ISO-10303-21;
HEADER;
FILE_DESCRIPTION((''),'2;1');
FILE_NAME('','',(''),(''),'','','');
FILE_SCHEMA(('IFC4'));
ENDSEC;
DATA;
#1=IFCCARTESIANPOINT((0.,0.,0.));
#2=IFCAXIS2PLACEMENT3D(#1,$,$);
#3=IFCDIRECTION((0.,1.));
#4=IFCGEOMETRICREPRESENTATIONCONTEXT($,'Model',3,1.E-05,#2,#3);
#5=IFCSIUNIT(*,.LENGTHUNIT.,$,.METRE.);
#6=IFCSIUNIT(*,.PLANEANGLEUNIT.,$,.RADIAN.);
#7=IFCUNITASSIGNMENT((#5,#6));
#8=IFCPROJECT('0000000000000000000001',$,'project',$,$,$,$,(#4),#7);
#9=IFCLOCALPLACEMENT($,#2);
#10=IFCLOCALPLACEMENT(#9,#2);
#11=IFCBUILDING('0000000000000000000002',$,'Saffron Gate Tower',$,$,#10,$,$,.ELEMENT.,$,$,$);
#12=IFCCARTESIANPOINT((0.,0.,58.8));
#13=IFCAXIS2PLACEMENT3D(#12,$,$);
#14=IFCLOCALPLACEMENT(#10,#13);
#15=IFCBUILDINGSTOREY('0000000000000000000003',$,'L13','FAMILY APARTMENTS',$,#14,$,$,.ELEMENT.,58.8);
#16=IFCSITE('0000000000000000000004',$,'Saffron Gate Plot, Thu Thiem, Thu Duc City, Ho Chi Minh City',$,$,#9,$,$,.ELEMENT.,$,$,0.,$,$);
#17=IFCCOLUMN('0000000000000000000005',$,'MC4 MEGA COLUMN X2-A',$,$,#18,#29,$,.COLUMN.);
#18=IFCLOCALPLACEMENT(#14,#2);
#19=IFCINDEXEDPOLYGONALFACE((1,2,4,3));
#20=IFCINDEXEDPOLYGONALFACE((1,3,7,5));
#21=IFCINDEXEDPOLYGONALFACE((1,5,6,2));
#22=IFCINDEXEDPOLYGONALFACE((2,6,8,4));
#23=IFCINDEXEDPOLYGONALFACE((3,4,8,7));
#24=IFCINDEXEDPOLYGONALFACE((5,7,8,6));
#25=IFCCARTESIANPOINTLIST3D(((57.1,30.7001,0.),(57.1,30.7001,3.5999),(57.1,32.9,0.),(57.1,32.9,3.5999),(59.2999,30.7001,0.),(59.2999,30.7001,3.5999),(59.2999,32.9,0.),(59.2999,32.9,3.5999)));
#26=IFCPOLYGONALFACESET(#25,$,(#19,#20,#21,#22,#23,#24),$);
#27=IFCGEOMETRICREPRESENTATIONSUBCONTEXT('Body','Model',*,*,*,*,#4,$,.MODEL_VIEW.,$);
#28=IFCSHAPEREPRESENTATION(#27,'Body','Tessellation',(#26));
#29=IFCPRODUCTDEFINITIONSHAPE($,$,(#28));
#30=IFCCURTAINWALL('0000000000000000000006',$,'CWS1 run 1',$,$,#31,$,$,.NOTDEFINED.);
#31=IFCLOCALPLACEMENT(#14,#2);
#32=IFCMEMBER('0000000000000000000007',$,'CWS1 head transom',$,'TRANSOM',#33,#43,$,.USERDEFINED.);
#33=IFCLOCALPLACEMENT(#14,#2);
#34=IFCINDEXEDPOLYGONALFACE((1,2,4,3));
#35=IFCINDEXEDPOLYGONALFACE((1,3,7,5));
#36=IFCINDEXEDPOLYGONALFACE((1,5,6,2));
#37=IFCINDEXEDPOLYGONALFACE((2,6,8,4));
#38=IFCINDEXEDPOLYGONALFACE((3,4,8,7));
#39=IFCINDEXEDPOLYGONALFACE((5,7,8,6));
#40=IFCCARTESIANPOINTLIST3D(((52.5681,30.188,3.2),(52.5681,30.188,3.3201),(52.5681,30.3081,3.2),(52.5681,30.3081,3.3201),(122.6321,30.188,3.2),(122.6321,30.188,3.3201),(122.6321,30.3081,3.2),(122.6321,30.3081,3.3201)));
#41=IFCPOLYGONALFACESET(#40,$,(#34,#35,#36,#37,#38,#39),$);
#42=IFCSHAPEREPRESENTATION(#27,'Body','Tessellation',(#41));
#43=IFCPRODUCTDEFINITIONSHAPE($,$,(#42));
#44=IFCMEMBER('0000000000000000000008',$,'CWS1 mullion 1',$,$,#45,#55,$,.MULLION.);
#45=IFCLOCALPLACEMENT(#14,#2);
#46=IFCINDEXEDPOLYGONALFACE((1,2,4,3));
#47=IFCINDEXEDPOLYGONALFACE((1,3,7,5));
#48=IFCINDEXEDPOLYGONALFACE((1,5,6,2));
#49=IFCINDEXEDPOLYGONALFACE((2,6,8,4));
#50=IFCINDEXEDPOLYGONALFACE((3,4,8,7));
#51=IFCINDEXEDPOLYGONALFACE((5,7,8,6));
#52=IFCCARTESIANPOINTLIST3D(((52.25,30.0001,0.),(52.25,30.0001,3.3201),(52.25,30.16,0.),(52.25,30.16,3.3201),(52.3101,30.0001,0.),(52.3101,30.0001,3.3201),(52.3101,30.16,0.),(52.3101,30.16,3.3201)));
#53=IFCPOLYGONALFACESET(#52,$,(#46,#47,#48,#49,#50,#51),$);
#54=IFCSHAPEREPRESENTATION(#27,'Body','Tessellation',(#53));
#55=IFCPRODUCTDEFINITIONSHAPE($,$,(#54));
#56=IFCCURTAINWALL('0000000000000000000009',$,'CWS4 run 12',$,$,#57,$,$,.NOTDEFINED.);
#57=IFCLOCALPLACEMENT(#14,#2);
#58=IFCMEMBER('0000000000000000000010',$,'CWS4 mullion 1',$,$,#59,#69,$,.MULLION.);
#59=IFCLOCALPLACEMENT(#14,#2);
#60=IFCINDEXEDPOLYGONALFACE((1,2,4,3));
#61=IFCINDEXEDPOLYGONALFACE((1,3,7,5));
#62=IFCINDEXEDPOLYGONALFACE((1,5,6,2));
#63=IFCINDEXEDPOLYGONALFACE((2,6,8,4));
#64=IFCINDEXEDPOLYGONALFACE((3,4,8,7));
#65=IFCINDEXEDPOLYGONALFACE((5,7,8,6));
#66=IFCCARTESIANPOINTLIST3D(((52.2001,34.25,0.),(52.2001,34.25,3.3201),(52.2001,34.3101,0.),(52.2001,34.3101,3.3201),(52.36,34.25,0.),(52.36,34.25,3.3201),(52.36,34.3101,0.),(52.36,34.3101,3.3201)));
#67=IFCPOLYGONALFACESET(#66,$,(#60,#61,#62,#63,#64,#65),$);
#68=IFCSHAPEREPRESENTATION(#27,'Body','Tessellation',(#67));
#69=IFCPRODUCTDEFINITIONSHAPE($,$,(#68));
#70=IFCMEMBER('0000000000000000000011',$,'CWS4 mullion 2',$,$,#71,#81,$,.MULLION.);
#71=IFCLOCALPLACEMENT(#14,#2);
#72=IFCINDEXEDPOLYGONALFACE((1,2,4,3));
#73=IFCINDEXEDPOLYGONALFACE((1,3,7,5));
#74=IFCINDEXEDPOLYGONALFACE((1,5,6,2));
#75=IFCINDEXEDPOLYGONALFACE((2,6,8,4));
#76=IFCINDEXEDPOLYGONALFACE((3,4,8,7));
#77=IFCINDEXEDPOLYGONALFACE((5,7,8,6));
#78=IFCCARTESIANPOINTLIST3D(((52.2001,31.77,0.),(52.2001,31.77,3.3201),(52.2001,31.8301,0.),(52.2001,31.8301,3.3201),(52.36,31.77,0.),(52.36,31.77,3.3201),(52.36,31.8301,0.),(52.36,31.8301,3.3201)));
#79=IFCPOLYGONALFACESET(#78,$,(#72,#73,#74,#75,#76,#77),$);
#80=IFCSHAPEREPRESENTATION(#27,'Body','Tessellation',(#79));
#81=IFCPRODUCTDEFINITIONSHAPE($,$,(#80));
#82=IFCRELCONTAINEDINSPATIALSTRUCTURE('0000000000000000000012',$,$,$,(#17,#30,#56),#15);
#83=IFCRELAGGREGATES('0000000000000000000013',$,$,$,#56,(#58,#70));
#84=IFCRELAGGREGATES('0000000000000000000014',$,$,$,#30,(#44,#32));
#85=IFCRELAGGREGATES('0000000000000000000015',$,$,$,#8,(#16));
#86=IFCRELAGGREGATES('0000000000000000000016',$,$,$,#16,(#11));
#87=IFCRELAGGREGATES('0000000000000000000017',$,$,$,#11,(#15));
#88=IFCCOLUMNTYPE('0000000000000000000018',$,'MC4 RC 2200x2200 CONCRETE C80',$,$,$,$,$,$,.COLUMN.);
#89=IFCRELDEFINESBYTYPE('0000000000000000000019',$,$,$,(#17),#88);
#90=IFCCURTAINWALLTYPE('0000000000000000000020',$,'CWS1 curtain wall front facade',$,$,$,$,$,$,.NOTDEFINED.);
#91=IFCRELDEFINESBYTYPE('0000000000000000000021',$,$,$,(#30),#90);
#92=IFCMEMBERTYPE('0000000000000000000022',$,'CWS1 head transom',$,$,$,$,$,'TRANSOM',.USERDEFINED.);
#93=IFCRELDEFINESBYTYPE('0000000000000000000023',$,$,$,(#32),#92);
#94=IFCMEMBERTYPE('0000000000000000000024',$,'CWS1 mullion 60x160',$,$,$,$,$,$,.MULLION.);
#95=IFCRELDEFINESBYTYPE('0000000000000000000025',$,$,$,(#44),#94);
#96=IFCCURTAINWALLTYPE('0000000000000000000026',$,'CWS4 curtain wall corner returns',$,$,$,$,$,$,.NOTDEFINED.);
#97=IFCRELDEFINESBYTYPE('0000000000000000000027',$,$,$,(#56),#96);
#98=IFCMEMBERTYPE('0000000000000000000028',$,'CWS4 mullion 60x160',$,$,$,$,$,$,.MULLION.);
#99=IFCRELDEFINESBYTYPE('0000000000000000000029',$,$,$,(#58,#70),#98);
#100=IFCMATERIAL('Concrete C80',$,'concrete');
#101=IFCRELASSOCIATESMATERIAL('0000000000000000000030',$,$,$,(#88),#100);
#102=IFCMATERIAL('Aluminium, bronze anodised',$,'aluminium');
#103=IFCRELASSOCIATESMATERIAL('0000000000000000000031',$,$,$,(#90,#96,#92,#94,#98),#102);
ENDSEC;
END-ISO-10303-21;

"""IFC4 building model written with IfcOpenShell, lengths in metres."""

from ifc_helpers import new_model, si_unit, direction, frame, origin, origin_2d, place, context, subcontext, project, spatial, rectangle, extrude, material, material_profile, profile_set, type_object, element, aggregate, save


model = new_model("IFC4")

# Units and contexts
model_context = context("Model", 3, precision=1e-05, world=origin(), true_north=direction((0.0, 1.0)))
body_context = subcontext(model_context, "Body", "Model", "MODEL_VIEW")
ifc_project = project(units=[si_unit("LENGTHUNIT", "METRE"), si_unit("PLANEANGLEUNIT", "RADIAN")], contexts=[model_context])

# Site, building, storey
site_placement = place(None, origin())
site = spatial("IfcSite", under=ifc_project, at=site_placement, Name="Saffron Gate Plot, Thu Thiem, Thu Duc City, Ho Chi Minh City", CompositionType="ELEMENT", RefElevation=0.0)
building_placement = place(site_placement, origin())
building = spatial("IfcBuilding", under=site, at=building_placement, Name="Saffron Gate Tower", CompositionType="ELEMENT")
storey_placement = place(building_placement, frame((0.0, 0.0, 58.8)))
storey = spatial("IfcBuildingStorey", under=building, at=storey_placement, Name="L13", Description="FAMILY APARTMENTS", CompositionType="ELEMENT", Elevation=58.8)

# Column
ifc_material_1 = material(Name="Concrete C80", Category="concrete")
ifc_material_profile_1 = material_profile(ifc_material_1, rectangle(XDim=2.2, YDim=2.2, at=origin_2d()))
ifc_profile_set_1 = profile_set([ifc_material_profile_1], Name="Concrete C80")
column_type = type_object("IfcColumnType", Name="MC4 RC 2200x2200 CONCRETE C80", PredefinedType="COLUMN", material=ifc_profile_set_1)
column_placement = place(storey_placement, frame((58.2, 31.8, 0.0), z_axis=(0.0, 0.0, 1.0), x_axis=(1.0, 0.0, 0.0)))
element("IfcColumn", 1, at=column_placement, inside=storey, type_object=column_type, Name="MC4 MEGA COLUMN X2-A", PredefinedType="COLUMN", context=body_context, shape_type="SweptSolid", body=[
    extrude(rectangle(XDim=2.2, YDim=2.2, at=origin_2d()), origin(), (0.0, 0.0, 1.0), 3.5999),
])

# Curtain walls, members
ifc_material_2 = material(Name="Aluminium, bronze anodised", Category="aluminium")
curtain_wall_type_1 = type_object("IfcCurtainWallType", Name="CWS1 curtain wall front facade", PredefinedType="NOTDEFINED", material=ifc_material_2)
curtain_wall_1_placement = place(storey_placement, origin())
curtain_wall_1 = element("IfcCurtainWall", 2, at=curtain_wall_1_placement, inside=storey, type_object=curtain_wall_type_1, Name="CWS1 run 1", PredefinedType="NOTDEFINED")
ifc_material_profile_2 = material_profile(ifc_material_2, rectangle(XDim=0.1201, YDim=0.1201, at=origin_2d()))
ifc_profile_set_2 = profile_set([ifc_material_profile_2], Name="Aluminium, bronze anodised")
member_type_1 = type_object("IfcMemberType", Name="CWS1 head transom", ElementType="TRANSOM", PredefinedType="USERDEFINED", material=ifc_profile_set_2)
member_1_placement = place(storey_placement, frame((52.5681, 30.248, 3.26), z_axis=(1.0, 0.0, 0.0), x_axis=(0.0, 1.0, 0.0)))
member_1 = element("IfcMember", 3, at=member_1_placement, type_object=member_type_1, Name="CWS1 head transom", ObjectType="TRANSOM", PredefinedType="USERDEFINED", context=body_context, shape_type="SweptSolid", body=[
    extrude(rectangle(XDim=0.1201, YDim=0.1201, at=origin_2d()), origin(), (0.0, 0.0, 1.0), 70.064),
])
ifc_material_profile_3 = material_profile(ifc_material_2, rectangle(XDim=0.1599, YDim=0.0601, at=origin_2d()))
ifc_profile_set_3 = profile_set([ifc_material_profile_3], Name="Aluminium, bronze anodised")
member_type_2 = type_object("IfcMemberType", Name="CWS1 mullion 60x160", PredefinedType="MULLION", material=ifc_profile_set_3)
member_2_placement = place(storey_placement, frame((52.28, 30.0801, 0.0), z_axis=(0.0, 0.0, 1.0), x_axis=(0.0, 1.0, 0.0)))
member_2 = element("IfcMember", 4, at=member_2_placement, type_object=member_type_2, Name="CWS1 mullion 1", PredefinedType="MULLION", context=body_context, shape_type="SweptSolid", body=[
    extrude(rectangle(XDim=0.1599, YDim=0.0601, at=origin_2d()), origin(), (0.0, 0.0, 1.0), 3.3201),
])
curtain_wall_type_2 = type_object("IfcCurtainWallType", Name="CWS4 curtain wall corner returns", PredefinedType="NOTDEFINED", material=ifc_material_2)
curtain_wall_2_placement = place(storey_placement, origin())
curtain_wall_2 = element("IfcCurtainWall", 5, at=curtain_wall_2_placement, inside=storey, type_object=curtain_wall_type_2, Name="CWS4 run 12", PredefinedType="NOTDEFINED")
ifc_material_profile_4 = material_profile(ifc_material_2, rectangle(XDim=0.1599, YDim=0.0601, at=origin_2d()))
ifc_profile_set_4 = profile_set([ifc_material_profile_4], Name="Aluminium, bronze anodised")
member_type_3 = type_object("IfcMemberType", Name="CWS4 mullion 60x160", PredefinedType="MULLION", material=ifc_profile_set_4)
member_3_placement = place(storey_placement, frame((52.28, 34.28, 0.0), z_axis=(0.0, 0.0, 1.0), x_axis=(1.0, 0.0, 0.0)))
member_3 = element("IfcMember", 6, at=member_3_placement, type_object=member_type_3, Name="CWS4 mullion 1", PredefinedType="MULLION", context=body_context, shape_type="SweptSolid", body=[
    extrude(rectangle(XDim=0.1599, YDim=0.0601, at=origin_2d()), origin(), (0.0, 0.0, 1.0), 3.3201),
])
member_4_placement = place(storey_placement, frame((52.28, 31.8, 0.0), z_axis=(0.0, 0.0, 1.0), x_axis=(1.0, 0.0, 0.0)))
member_4 = element("IfcMember", 7, at=member_4_placement, type_object=member_type_3, Name="CWS4 mullion 2", PredefinedType="MULLION", context=body_context, shape_type="SweptSolid", body=[
    extrude(rectangle(XDim=0.1599, YDim=0.0601, at=origin_2d()), origin(), (0.0, 0.0, 1.0), 3.3201),
])
aggregate(curtain_wall_2, [member_3, member_4])

aggregate(curtain_wall_1, [member_2, member_1])

save(model, "model.ifc")
